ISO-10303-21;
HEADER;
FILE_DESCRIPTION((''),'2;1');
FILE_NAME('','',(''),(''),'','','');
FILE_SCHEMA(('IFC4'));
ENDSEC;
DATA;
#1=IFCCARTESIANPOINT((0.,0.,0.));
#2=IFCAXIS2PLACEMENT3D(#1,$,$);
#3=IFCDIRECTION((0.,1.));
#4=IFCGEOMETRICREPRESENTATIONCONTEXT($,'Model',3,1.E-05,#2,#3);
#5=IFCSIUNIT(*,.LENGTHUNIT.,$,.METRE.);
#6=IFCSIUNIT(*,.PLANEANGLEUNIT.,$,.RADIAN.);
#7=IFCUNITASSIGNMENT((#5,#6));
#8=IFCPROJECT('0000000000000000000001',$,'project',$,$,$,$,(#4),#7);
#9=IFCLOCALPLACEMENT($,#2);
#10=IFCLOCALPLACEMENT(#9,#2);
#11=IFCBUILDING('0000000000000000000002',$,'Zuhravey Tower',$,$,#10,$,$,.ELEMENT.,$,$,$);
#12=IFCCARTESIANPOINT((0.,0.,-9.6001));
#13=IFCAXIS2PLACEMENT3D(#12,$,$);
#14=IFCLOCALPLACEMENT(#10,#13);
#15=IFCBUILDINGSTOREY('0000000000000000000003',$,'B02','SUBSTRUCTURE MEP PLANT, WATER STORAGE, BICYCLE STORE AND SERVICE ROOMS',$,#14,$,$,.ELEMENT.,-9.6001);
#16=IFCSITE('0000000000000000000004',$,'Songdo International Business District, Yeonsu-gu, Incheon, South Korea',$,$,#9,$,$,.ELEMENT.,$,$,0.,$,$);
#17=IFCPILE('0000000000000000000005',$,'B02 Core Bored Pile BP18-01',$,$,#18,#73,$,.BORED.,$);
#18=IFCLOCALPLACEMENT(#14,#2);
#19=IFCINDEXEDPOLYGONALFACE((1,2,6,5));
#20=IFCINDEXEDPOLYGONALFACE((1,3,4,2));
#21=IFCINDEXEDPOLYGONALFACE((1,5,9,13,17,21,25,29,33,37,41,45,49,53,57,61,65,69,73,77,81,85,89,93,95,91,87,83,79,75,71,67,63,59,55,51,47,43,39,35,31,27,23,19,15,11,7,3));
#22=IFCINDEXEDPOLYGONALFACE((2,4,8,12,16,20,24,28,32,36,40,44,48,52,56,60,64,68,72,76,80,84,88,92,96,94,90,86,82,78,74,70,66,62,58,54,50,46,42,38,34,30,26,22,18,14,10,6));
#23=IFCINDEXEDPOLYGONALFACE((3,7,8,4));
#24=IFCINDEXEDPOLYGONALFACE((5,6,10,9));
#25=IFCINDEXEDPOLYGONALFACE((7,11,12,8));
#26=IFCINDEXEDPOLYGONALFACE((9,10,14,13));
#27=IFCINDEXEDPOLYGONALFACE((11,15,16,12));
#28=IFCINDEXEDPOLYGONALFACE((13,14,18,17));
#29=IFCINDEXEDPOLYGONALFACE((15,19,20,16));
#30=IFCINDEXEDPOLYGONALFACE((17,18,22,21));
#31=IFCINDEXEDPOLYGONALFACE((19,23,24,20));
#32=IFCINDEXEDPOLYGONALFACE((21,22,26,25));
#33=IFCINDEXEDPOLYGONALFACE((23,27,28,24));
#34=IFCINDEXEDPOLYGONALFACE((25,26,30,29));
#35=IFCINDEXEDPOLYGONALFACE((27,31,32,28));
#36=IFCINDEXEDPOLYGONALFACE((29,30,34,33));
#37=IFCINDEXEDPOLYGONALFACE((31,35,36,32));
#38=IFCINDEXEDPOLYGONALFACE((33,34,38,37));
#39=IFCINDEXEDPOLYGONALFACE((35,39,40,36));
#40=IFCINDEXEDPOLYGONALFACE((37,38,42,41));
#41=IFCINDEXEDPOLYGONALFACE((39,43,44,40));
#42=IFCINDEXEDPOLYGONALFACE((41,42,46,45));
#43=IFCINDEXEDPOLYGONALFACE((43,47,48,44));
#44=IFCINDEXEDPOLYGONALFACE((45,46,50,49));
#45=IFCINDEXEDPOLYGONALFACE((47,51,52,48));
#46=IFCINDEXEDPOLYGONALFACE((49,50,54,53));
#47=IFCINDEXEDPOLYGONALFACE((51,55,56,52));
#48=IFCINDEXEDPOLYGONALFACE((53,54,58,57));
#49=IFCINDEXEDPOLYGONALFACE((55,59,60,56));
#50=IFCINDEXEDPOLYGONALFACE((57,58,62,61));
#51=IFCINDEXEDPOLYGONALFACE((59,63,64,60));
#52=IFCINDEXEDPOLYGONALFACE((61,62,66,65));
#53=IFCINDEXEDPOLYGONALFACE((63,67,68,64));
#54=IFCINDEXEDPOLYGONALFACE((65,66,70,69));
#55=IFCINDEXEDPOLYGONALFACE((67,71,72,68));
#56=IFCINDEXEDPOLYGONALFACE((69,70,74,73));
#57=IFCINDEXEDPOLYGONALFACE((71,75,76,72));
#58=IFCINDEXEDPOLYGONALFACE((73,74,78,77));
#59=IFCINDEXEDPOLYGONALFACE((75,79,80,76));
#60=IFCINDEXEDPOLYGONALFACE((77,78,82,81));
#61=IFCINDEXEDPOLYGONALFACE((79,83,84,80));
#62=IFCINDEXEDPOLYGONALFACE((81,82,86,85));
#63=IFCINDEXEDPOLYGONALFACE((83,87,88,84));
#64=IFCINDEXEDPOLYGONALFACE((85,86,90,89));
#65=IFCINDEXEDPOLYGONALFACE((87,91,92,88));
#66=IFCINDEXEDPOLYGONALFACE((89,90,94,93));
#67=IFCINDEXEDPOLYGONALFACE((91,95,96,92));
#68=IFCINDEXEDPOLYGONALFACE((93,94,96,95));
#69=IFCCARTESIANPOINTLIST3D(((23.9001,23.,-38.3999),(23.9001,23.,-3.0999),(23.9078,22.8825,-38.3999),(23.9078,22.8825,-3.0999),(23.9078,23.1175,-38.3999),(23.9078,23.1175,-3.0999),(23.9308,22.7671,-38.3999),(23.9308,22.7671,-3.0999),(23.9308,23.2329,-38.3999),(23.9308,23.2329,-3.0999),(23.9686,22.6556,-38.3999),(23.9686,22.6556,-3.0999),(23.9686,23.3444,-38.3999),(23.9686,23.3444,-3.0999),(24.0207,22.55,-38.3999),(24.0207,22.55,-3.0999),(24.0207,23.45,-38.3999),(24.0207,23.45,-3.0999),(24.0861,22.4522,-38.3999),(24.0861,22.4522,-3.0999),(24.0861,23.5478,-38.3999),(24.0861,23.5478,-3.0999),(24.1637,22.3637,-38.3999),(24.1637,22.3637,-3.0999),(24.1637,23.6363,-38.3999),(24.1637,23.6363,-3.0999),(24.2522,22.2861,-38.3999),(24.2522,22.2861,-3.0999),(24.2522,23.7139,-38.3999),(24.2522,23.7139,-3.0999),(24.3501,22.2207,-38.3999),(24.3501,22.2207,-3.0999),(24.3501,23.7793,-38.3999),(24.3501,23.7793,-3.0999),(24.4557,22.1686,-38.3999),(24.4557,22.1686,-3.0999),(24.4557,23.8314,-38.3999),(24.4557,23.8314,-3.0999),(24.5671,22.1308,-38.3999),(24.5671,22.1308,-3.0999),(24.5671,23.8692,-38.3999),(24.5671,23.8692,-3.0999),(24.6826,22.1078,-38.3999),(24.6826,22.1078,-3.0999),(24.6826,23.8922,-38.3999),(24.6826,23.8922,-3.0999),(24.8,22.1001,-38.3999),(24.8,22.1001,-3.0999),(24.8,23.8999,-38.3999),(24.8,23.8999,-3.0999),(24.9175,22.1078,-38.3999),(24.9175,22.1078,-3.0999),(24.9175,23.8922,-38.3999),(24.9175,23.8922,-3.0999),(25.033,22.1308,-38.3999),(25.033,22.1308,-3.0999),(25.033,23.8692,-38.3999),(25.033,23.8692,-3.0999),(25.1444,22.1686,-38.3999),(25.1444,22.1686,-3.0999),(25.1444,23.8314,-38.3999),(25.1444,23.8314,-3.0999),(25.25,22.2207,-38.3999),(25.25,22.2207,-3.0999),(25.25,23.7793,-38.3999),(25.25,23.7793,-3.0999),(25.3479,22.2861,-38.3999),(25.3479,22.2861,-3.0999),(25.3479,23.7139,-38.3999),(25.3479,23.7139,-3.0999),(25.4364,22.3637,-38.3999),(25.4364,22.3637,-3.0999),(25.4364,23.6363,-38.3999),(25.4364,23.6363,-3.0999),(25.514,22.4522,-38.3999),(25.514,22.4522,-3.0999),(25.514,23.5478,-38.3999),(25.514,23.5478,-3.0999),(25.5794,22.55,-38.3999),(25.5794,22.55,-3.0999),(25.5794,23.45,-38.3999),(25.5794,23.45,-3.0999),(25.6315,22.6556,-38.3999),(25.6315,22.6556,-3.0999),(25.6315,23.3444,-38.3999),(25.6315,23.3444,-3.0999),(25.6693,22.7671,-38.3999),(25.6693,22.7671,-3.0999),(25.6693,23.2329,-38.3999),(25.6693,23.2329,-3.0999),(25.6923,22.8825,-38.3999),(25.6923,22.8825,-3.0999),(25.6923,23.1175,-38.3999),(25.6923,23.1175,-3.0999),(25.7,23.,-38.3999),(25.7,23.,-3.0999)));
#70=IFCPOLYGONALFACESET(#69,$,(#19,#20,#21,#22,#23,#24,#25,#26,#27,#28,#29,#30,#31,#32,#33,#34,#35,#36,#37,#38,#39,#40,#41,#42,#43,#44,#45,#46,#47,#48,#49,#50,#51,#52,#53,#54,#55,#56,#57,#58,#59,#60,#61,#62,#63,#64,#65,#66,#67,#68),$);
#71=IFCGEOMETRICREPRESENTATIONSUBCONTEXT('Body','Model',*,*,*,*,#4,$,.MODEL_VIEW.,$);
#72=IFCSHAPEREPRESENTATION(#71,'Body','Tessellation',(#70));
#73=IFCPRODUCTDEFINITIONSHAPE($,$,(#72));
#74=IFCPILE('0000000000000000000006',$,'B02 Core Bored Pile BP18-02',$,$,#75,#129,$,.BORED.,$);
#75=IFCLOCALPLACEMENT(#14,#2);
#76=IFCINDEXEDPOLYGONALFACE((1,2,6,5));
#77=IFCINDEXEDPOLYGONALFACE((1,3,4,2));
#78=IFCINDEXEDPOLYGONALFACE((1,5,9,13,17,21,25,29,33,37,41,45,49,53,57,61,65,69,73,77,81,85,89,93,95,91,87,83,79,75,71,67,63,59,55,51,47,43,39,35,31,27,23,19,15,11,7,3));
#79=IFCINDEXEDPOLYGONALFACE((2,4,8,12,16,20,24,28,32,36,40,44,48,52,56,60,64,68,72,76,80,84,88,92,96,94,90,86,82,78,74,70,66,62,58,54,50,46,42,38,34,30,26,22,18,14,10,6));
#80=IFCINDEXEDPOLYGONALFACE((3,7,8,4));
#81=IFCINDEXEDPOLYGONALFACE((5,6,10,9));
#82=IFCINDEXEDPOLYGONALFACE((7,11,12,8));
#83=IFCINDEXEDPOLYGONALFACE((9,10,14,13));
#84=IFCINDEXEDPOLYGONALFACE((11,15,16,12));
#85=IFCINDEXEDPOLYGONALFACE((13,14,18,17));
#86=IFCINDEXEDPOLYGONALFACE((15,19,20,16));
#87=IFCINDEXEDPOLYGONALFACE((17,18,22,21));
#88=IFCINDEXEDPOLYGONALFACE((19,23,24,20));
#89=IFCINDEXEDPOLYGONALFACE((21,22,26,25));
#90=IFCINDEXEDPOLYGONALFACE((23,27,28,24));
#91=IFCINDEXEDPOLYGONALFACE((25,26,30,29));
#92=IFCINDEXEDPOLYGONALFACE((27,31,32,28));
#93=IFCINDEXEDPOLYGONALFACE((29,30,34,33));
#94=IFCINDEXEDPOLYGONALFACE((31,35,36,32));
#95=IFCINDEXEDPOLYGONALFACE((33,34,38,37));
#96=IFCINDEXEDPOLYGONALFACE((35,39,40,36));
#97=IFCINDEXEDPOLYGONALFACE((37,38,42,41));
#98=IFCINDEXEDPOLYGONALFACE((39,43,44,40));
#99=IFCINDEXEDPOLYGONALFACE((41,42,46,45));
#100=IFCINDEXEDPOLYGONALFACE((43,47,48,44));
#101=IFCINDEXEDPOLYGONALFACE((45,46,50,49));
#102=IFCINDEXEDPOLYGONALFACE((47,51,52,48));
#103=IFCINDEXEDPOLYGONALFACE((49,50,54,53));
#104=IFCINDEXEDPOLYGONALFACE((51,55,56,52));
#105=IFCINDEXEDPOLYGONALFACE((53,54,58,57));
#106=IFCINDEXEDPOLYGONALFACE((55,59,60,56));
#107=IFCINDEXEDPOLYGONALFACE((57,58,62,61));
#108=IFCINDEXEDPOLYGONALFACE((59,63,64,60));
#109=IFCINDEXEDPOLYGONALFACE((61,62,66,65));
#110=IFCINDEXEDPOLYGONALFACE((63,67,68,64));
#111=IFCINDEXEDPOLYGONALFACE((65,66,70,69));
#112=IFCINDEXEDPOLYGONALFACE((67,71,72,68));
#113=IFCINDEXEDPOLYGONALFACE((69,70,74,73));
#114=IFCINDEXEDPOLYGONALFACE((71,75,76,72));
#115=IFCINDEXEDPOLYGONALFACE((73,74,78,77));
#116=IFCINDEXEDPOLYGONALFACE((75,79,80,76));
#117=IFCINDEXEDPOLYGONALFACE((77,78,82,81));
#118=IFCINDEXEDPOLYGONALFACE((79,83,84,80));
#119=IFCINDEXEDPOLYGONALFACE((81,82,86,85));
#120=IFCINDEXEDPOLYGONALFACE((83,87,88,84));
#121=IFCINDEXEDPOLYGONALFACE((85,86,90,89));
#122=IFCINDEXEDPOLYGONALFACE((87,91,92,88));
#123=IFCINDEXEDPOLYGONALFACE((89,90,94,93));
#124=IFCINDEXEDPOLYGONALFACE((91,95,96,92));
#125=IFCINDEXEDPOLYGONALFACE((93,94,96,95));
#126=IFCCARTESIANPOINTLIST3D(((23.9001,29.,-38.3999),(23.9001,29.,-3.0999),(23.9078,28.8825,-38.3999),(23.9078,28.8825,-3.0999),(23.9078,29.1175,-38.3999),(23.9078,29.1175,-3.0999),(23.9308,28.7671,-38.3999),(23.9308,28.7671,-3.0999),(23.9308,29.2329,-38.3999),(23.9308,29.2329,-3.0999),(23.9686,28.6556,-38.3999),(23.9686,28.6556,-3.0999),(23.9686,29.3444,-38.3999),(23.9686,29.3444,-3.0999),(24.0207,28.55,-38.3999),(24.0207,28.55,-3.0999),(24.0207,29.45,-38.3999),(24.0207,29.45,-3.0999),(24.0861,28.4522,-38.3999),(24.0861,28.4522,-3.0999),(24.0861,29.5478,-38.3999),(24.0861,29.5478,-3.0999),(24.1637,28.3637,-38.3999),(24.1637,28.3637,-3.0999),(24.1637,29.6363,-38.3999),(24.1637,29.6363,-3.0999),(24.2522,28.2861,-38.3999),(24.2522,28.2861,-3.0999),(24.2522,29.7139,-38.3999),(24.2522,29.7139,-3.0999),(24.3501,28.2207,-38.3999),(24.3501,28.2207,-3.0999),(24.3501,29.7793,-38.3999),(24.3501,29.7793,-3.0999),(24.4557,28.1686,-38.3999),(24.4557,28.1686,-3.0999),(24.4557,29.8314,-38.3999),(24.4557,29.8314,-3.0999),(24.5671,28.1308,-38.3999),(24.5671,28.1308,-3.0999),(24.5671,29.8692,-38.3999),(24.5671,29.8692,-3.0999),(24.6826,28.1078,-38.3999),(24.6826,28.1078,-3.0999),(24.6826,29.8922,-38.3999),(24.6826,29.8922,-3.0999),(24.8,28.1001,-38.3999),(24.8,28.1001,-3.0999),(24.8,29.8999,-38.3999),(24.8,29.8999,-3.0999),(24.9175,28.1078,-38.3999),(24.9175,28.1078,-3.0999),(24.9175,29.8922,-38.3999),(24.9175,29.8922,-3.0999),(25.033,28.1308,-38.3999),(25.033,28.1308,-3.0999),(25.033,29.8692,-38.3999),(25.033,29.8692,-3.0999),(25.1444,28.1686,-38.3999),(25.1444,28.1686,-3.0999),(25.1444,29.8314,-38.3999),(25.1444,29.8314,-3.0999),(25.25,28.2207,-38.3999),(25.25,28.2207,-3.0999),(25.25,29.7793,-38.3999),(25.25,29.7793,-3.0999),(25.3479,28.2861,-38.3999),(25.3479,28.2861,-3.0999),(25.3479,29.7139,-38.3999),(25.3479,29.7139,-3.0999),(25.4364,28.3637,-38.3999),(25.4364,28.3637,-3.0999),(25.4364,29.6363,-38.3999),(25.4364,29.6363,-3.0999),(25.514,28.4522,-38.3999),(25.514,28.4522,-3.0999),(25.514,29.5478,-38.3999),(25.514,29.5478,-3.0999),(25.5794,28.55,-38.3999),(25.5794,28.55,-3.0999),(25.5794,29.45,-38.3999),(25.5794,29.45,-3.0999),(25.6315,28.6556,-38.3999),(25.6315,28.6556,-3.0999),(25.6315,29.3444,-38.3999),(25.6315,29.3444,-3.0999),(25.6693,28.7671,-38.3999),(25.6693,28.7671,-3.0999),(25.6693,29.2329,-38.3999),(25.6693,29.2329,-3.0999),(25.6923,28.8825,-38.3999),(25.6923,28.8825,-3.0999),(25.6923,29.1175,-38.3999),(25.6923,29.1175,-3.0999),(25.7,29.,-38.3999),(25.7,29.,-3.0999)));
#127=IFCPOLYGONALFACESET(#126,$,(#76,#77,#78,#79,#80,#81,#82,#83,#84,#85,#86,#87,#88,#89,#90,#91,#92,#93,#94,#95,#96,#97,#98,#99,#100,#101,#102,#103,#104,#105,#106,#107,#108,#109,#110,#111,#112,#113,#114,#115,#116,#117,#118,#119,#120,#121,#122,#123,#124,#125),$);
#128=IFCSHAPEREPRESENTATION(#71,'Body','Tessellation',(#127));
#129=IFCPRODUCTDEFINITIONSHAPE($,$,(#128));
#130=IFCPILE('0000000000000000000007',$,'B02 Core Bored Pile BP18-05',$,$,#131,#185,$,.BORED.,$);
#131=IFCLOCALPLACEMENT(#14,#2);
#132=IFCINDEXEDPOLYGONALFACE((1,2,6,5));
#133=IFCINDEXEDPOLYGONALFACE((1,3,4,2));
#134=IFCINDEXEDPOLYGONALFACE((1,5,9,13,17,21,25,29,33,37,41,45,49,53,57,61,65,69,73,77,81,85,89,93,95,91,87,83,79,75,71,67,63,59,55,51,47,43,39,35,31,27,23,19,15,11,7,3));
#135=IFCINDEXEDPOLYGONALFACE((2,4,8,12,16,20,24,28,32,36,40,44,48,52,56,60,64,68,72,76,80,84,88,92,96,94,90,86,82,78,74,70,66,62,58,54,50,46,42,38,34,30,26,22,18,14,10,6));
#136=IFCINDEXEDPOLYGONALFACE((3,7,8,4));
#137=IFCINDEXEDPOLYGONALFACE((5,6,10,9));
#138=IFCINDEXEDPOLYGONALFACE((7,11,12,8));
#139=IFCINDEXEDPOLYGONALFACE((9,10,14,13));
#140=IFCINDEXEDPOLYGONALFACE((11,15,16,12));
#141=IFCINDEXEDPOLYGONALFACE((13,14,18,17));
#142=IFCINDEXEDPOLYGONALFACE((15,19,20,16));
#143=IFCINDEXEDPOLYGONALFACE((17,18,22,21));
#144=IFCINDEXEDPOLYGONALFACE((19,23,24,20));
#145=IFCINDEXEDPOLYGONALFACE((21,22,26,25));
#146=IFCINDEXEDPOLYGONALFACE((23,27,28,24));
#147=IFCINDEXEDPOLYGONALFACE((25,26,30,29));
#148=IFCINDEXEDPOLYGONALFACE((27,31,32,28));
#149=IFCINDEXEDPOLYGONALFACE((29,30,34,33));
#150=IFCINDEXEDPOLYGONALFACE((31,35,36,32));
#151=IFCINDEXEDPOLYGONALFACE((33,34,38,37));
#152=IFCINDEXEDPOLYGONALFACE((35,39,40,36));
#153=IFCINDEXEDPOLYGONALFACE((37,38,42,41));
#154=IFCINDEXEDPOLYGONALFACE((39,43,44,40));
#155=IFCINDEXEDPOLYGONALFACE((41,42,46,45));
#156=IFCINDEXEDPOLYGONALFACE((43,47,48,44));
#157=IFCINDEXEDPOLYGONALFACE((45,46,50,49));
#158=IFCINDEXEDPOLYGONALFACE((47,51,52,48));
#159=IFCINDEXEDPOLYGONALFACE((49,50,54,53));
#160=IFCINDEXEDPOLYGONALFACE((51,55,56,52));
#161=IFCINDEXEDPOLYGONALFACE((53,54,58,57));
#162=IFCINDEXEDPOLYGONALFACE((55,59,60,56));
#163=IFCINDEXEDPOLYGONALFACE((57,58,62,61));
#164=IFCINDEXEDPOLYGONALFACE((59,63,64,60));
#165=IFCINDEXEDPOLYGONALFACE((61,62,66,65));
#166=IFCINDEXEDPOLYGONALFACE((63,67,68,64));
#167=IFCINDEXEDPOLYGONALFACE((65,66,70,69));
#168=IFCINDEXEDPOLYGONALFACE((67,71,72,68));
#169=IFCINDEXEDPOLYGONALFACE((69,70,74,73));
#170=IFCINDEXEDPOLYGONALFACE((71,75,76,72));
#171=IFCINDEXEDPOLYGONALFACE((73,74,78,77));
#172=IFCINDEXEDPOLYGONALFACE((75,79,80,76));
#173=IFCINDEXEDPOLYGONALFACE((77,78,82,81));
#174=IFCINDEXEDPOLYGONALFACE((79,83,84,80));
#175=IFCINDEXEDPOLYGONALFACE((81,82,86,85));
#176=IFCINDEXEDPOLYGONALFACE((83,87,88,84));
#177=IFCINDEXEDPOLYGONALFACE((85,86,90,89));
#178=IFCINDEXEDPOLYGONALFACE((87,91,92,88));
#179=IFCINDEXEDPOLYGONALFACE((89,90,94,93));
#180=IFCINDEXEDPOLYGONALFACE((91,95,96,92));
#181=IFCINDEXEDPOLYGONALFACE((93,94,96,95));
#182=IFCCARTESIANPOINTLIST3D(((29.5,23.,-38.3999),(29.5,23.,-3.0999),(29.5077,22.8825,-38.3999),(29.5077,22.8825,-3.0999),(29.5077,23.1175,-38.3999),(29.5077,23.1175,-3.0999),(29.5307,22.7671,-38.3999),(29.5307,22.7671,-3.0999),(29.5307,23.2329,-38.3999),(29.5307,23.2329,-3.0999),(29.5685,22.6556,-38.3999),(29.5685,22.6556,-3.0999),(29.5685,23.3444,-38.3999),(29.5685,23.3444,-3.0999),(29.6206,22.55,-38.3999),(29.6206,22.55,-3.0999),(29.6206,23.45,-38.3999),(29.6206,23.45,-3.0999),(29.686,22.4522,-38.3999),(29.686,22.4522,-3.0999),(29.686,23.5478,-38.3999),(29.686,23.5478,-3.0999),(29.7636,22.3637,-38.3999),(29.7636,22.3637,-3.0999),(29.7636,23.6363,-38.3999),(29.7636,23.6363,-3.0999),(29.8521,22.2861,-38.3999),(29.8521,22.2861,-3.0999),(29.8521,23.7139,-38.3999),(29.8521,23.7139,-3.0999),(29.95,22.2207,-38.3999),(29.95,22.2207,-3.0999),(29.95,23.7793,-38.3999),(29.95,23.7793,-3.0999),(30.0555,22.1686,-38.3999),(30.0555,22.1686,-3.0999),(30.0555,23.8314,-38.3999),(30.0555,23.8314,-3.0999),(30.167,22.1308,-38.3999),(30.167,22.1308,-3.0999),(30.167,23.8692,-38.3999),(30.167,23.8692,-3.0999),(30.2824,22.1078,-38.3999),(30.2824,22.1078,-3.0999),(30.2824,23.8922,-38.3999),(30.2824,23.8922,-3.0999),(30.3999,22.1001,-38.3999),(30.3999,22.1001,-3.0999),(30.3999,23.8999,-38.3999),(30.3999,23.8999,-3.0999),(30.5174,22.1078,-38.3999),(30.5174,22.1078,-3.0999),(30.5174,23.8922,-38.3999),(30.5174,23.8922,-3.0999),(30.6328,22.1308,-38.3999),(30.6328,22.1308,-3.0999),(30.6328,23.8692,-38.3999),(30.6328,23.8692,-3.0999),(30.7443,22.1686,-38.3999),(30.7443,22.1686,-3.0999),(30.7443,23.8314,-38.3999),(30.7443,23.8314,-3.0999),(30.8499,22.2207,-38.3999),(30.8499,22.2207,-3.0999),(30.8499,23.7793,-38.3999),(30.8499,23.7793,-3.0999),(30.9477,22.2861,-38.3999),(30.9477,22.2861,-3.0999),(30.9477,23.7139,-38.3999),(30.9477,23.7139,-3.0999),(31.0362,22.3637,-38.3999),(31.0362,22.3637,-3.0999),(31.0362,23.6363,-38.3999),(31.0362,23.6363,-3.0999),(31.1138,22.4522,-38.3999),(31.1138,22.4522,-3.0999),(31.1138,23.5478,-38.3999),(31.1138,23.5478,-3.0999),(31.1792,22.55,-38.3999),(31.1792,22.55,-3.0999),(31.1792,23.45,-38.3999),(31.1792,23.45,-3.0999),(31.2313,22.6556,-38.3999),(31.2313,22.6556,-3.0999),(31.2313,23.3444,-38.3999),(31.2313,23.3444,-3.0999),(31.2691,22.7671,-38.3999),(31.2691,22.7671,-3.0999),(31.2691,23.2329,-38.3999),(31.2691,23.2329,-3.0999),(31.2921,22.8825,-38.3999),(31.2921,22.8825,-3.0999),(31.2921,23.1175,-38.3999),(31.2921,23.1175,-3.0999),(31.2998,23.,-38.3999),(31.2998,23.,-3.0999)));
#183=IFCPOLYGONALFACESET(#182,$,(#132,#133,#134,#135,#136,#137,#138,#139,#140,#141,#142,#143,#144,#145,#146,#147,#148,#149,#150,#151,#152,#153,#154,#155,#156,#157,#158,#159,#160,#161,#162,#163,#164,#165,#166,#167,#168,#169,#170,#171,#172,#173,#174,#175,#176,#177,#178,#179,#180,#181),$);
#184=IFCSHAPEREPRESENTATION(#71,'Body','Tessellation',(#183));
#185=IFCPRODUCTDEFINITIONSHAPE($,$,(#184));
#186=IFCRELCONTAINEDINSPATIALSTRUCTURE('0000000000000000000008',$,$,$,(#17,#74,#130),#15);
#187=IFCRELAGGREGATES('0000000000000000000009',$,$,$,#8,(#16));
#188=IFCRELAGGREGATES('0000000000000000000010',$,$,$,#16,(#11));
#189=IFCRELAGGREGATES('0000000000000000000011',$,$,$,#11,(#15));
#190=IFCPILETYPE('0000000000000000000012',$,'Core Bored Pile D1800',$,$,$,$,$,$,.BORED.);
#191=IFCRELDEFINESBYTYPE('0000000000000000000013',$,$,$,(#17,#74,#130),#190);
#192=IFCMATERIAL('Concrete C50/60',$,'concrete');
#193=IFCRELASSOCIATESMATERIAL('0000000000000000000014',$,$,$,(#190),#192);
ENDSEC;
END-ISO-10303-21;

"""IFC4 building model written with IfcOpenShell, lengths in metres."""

from ifc_helpers import new_model, si_unit, direction, frame, origin, origin_2d, place, context, subcontext, project, spatial, circle, extrude, material, material_profile, profile_set, type_object, element, save


model = new_model("IFC4")

# Units and contexts
model_context = context("Model", 3, precision=1e-05, world=origin(), true_north=direction((0.0, 1.0)))
body_context = subcontext(model_context, "Body", "Model", "MODEL_VIEW")
ifc_project = project(units=[si_unit("LENGTHUNIT", "METRE"), si_unit("PLANEANGLEUNIT", "RADIAN")], contexts=[model_context])

# Site, building, storey
site_placement = place(None, origin())
site = spatial("IfcSite", under=ifc_project, at=site_placement, Name="Songdo International Business District, Yeonsu-gu, Incheon, South Korea", CompositionType="ELEMENT", RefElevation=0.0)
building_placement = place(site_placement, origin())
building = spatial("IfcBuilding", under=site, at=building_placement, Name="Zuhravey Tower", CompositionType="ELEMENT")
storey_placement = place(building_placement, frame((0.0, 0.0, -9.6001)))
storey = spatial("IfcBuildingStorey", under=building, at=storey_placement, Name="B02", Description="SUBSTRUCTURE MEP PLANT, WATER STORAGE, BICYCLE STORE AND SERVICE ROOMS", CompositionType="ELEMENT", Elevation=-9.6001)

# Piles
ifc_material_1 = material(Name="Concrete C50/60", Category="concrete")
ifc_material_profile_1 = material_profile(ifc_material_1, circle(Radius=0.8999, at=origin_2d()), Name="PILE-D1800")
ifc_profile_set_1 = profile_set([ifc_material_profile_1], Name="Concrete C50/60")
pile_type = type_object("IfcPileType", Name="Core Bored Pile D1800", PredefinedType="BORED", material=ifc_profile_set_1)
for number, where, z_axis, x_axis, name in (
    (1, (24.8, 23.0, -3.0999), (0.0, 0.0, -1.0), (1.0, 0.0, 0.0), "B02 Core Bored Pile BP18-01"),
    (2, (24.8, 29.0, -3.0999), (0.0, 0.0, -1.0), (1.0, 0.0, 0.0), "B02 Core Bored Pile BP18-02"),
    (3, (30.3999, 23.0, -3.0999), (0.0, 0.0, -1.0), (1.0, 0.0, 0.0), "B02 Core Bored Pile BP18-05"),
):
    element("IfcPile", number, at=place(storey_placement, frame(where, z_axis=z_axis, x_axis=x_axis)), inside=storey, type_object=pile_type, Name=name, PredefinedType="BORED", context=body_context, shape_type="SweptSolid", body=[
        extrude(circle(Radius=0.8999, at=origin_2d()), origin(), (0.0, 0.0, 1.0), 35.3),
    ])

save(model, "model.ifc")
